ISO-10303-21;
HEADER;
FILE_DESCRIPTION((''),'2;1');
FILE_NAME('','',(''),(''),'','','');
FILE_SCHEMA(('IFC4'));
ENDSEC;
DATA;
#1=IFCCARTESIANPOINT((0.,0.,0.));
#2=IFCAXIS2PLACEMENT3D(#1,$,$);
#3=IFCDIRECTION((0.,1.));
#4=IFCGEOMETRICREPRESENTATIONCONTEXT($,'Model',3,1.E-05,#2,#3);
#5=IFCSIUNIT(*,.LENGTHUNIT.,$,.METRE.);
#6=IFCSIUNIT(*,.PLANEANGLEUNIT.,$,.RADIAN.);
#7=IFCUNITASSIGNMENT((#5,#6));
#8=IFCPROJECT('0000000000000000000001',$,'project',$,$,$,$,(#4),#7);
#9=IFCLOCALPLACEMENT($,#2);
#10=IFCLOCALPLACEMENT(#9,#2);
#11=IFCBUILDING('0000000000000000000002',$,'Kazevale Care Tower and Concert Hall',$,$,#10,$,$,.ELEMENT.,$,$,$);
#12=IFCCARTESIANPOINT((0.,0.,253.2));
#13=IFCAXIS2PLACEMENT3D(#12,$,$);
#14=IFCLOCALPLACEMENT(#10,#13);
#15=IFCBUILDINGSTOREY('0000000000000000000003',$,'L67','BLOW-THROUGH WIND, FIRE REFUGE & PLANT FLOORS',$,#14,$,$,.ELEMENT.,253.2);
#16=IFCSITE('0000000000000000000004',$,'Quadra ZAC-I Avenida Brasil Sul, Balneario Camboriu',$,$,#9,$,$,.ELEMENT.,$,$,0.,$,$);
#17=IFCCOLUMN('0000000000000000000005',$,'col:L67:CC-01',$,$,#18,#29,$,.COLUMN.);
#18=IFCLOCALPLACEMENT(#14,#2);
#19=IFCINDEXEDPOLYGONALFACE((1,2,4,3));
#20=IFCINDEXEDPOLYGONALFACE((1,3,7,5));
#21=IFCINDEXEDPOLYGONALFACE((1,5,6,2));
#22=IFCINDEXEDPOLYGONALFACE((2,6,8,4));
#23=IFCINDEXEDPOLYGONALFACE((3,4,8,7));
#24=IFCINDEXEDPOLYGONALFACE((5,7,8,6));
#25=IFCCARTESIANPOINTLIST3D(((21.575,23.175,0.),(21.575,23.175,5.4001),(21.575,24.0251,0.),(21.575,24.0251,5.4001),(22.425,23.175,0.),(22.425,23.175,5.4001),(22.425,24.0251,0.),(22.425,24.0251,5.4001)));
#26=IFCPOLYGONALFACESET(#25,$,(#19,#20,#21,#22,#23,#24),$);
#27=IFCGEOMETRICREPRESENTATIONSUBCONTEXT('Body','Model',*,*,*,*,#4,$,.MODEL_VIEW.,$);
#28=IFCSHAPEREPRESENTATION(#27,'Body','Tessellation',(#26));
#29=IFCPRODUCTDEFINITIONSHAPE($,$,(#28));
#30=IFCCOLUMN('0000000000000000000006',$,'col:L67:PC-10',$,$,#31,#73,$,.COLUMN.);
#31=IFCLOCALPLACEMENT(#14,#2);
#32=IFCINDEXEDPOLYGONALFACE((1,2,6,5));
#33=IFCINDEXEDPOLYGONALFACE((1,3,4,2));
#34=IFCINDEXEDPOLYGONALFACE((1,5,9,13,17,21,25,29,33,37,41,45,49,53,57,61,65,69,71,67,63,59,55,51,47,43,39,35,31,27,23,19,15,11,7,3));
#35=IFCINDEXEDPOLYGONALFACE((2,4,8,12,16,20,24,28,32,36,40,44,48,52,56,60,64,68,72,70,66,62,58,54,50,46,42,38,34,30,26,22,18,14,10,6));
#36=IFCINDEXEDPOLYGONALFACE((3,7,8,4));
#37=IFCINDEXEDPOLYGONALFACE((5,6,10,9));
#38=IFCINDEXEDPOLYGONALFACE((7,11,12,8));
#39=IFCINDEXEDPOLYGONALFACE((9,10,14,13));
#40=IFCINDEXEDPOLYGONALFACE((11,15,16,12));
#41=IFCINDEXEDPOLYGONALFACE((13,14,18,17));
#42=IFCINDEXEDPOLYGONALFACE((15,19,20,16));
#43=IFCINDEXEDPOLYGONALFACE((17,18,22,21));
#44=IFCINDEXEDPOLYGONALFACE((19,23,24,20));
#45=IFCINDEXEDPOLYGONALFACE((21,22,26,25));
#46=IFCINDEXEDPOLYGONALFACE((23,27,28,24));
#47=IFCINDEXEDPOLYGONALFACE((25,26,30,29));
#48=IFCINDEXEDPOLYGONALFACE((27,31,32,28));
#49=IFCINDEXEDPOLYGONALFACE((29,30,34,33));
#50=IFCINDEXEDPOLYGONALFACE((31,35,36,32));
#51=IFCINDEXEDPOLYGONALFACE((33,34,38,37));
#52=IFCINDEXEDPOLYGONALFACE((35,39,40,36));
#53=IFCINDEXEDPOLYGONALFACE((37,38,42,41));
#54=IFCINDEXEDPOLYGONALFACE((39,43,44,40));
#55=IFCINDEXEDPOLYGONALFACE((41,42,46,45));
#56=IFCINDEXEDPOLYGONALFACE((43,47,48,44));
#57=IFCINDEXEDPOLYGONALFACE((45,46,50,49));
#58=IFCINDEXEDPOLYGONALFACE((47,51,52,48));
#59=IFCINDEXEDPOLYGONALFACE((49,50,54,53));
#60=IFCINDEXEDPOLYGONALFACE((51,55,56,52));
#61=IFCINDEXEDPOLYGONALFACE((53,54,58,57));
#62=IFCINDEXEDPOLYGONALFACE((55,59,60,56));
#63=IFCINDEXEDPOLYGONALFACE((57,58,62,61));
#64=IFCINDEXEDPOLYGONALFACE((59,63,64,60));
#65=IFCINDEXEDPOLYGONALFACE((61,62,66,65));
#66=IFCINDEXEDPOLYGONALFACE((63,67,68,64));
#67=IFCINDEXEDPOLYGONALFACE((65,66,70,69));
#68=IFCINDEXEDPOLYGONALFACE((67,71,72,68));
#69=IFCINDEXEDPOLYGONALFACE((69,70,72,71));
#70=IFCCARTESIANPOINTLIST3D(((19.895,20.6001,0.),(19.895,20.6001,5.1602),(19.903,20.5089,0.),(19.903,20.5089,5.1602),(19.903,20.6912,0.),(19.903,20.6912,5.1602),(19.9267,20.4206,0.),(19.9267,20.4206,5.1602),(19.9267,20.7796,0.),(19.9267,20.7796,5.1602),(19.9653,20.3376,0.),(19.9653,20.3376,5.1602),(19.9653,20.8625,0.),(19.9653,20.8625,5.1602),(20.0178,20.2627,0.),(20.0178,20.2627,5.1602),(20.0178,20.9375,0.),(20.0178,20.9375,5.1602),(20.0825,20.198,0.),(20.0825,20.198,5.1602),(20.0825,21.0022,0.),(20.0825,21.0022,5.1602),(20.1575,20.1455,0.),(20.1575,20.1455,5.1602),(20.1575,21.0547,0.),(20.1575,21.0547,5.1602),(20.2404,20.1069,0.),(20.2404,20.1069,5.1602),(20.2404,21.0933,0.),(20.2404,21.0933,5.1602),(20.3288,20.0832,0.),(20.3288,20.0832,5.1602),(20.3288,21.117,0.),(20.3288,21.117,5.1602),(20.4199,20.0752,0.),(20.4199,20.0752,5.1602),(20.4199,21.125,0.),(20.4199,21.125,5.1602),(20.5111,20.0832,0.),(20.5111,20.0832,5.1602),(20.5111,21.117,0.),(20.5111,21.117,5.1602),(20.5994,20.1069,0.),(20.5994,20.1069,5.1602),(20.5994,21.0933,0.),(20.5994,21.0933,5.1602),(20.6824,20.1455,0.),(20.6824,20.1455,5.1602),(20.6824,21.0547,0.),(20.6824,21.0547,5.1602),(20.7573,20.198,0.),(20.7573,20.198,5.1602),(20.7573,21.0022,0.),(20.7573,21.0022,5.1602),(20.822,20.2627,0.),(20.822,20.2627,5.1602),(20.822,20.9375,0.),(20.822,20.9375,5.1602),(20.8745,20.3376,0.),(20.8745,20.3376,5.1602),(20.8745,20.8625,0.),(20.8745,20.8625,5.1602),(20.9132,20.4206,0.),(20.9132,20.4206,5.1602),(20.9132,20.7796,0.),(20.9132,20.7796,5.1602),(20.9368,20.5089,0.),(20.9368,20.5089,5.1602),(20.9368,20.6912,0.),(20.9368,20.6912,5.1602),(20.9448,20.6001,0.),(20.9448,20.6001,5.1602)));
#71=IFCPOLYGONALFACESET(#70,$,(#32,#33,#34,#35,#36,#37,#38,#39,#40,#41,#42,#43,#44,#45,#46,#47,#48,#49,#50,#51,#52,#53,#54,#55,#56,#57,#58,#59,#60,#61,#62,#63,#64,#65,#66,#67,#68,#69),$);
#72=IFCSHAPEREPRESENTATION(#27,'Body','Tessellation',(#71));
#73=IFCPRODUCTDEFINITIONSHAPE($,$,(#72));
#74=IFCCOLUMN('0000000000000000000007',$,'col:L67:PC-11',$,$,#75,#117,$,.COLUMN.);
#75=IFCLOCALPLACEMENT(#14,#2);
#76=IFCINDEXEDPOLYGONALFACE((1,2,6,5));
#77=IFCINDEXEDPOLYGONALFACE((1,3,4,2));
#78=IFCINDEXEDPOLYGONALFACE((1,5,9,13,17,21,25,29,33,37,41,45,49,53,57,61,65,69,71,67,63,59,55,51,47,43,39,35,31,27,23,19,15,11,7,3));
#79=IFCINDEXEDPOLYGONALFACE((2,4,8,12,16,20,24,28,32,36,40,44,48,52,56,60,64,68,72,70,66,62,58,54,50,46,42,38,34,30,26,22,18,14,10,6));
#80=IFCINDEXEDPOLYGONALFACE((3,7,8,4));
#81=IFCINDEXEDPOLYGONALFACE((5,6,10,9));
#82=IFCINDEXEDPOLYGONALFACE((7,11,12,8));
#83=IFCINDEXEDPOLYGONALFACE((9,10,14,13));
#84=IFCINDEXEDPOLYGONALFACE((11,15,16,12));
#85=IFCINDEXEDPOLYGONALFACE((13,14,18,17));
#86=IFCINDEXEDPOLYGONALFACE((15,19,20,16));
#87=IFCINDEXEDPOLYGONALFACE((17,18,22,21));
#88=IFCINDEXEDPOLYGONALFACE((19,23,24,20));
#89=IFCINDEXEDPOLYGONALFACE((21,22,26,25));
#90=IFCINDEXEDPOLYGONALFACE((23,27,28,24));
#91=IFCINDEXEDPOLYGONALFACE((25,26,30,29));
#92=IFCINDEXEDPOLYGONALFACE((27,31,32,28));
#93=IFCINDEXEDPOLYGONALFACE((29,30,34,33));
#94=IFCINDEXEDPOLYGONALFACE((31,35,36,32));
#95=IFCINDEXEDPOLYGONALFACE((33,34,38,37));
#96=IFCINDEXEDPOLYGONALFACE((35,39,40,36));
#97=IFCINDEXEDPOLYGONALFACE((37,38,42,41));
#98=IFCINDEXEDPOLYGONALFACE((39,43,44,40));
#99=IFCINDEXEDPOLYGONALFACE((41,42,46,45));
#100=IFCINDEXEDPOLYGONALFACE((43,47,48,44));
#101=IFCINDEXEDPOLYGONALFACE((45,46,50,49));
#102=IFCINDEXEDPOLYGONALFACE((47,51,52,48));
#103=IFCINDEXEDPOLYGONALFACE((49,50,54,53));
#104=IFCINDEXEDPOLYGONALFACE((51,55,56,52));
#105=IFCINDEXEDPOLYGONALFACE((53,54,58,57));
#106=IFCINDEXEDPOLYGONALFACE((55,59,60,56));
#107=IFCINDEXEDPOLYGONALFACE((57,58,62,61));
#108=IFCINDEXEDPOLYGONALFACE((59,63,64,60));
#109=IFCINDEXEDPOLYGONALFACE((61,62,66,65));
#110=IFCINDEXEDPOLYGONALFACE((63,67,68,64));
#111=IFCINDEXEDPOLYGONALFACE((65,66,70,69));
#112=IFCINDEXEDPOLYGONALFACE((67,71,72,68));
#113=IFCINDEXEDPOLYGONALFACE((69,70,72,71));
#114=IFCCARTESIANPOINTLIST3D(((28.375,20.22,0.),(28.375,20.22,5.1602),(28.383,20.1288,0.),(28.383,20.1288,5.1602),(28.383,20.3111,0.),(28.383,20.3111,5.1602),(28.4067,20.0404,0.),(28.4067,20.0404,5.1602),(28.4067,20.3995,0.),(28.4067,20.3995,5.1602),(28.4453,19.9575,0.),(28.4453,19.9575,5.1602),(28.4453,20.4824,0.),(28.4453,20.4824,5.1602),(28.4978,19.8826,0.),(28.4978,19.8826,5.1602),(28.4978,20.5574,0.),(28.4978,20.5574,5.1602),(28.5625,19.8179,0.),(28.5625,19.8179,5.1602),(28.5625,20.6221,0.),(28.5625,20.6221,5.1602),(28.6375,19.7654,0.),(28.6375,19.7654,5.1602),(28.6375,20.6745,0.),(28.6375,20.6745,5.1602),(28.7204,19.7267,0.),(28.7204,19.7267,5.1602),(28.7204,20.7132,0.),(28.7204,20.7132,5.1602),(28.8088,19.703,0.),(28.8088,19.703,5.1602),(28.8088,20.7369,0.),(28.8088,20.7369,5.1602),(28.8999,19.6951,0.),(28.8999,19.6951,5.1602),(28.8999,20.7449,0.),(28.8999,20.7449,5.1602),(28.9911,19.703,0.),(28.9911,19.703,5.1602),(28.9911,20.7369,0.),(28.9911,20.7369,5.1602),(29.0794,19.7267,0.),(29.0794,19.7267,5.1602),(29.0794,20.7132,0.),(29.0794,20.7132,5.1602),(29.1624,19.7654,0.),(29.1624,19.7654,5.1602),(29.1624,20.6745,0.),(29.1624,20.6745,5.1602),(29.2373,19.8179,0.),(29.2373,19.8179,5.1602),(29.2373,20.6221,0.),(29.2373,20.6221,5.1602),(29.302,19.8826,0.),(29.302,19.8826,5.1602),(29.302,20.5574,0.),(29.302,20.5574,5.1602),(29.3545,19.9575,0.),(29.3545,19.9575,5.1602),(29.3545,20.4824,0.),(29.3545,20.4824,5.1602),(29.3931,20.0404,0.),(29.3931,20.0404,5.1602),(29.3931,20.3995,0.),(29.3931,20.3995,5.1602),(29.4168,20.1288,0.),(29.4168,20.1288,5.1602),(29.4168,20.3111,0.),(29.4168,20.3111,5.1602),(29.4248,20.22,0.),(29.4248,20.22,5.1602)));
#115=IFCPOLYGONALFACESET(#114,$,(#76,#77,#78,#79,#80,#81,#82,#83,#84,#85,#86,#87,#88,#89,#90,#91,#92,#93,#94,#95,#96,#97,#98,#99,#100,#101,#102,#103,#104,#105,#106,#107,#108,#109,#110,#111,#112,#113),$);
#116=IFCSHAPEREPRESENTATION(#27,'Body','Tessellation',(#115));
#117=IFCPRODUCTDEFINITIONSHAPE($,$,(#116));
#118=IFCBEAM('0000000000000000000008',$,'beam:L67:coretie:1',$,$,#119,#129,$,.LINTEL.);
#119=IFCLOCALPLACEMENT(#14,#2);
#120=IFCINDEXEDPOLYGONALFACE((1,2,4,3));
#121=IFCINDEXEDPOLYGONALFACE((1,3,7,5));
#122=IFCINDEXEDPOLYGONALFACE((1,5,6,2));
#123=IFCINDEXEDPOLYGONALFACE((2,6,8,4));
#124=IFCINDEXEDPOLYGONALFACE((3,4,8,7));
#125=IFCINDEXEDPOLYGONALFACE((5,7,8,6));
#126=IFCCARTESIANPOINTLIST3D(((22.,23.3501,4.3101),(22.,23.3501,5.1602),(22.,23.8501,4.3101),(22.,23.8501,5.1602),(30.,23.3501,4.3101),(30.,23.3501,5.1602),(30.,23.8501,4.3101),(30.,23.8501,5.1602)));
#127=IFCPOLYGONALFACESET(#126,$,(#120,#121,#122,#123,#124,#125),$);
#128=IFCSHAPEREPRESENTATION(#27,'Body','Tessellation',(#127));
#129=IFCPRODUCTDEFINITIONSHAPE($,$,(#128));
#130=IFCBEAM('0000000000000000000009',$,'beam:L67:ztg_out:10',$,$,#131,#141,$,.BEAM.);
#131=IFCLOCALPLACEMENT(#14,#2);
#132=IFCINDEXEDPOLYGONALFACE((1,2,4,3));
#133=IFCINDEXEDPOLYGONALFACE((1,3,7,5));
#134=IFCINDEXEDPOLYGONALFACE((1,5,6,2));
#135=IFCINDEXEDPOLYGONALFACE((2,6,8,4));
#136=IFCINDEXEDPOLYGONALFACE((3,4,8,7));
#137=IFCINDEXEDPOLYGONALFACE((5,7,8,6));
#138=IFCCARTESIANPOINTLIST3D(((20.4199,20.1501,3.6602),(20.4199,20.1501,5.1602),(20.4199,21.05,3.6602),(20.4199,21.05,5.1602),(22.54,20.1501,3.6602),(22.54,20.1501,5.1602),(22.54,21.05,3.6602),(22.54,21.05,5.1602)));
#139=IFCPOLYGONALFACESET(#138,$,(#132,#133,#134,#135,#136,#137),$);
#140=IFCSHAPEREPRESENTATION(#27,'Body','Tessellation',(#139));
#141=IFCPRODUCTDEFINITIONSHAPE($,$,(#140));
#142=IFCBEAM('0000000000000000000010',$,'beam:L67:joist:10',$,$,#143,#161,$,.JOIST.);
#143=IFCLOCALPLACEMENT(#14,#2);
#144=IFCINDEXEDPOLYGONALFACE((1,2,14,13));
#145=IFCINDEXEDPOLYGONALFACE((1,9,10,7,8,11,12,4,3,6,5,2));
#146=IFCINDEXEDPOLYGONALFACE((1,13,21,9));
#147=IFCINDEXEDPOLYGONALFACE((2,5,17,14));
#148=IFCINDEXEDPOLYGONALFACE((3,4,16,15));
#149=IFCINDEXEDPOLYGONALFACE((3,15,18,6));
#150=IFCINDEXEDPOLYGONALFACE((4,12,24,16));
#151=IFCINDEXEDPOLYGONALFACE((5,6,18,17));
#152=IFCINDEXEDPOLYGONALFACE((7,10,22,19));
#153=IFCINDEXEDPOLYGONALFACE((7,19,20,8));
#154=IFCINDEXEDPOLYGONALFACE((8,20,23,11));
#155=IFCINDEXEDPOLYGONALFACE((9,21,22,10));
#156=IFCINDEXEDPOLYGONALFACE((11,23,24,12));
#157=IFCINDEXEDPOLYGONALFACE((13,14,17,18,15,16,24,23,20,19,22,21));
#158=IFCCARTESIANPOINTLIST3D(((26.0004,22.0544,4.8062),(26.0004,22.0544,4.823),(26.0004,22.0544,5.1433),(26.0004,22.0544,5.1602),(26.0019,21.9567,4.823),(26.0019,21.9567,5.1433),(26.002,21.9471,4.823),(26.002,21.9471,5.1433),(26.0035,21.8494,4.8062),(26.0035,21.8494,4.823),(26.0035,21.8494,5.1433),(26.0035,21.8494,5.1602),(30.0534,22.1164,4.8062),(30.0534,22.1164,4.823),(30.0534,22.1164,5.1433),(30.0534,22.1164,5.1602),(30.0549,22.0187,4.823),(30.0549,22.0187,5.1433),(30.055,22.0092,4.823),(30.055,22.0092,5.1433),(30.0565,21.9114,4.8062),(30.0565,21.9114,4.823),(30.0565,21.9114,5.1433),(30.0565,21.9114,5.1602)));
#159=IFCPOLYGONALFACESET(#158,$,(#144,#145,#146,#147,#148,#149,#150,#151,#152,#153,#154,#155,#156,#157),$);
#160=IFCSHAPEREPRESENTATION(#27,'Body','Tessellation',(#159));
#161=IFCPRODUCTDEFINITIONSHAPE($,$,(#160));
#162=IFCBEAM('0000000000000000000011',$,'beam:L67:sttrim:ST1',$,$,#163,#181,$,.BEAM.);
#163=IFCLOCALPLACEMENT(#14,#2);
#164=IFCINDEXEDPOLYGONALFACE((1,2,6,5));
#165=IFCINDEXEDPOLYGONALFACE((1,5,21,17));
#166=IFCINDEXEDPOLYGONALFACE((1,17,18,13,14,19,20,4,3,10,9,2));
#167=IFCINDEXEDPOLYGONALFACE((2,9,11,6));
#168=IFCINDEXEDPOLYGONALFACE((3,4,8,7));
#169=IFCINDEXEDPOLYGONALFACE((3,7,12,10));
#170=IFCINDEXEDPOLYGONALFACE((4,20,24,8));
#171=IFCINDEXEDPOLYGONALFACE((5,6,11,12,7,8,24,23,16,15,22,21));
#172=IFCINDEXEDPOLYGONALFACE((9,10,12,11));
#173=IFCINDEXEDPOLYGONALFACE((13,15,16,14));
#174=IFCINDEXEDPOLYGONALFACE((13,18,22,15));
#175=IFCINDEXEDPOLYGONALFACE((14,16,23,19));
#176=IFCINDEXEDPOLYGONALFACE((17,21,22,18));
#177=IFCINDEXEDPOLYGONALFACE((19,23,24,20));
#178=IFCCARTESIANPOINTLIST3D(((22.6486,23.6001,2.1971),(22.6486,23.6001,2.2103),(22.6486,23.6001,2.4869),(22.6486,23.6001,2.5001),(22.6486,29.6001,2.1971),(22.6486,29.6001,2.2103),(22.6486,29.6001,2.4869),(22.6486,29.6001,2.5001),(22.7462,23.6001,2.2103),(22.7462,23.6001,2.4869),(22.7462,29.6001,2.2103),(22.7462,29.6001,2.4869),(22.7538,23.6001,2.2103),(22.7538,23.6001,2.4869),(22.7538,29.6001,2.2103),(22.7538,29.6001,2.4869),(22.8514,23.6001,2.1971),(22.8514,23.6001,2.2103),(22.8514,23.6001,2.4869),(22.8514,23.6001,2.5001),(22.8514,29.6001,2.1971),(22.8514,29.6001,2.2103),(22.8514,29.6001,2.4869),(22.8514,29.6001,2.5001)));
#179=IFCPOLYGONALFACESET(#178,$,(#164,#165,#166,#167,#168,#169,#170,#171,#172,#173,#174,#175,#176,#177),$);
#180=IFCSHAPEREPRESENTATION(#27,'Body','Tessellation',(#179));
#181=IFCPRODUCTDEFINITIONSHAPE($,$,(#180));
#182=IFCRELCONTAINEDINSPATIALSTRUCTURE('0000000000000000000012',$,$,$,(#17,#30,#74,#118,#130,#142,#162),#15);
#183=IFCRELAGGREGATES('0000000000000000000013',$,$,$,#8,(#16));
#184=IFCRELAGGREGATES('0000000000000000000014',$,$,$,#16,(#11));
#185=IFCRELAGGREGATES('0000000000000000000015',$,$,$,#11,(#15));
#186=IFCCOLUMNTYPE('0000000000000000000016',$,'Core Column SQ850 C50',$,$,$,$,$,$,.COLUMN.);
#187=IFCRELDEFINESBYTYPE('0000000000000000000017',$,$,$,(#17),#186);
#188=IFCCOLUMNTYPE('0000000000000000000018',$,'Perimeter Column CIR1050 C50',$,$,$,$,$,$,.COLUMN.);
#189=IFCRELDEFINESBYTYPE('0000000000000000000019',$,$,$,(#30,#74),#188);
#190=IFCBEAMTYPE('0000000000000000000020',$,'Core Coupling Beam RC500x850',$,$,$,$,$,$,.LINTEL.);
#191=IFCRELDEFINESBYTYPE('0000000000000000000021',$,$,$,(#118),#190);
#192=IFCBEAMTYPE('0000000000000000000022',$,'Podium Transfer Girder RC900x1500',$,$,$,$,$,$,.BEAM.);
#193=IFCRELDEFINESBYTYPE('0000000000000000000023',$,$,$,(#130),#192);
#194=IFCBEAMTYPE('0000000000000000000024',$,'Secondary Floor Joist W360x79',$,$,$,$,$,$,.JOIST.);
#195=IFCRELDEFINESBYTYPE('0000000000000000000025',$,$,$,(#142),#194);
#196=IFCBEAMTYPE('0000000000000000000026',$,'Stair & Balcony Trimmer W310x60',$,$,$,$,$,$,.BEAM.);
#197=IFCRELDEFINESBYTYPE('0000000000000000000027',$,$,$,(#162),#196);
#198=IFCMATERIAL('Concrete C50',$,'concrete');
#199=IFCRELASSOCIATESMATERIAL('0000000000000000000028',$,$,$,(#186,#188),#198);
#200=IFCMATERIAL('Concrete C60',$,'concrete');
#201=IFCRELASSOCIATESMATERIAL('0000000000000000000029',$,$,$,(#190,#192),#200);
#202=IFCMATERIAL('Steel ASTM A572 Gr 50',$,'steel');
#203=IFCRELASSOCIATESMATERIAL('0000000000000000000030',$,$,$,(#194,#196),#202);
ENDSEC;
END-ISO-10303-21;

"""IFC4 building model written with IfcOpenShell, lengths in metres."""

from ifc_helpers import new_model, si_unit, direction, frame, origin, origin_2d, place, context, subcontext, project, spatial, rectangle, circle, i_section, extrude, material, material_profile, profile_set, type_object, element, save


model = new_model("IFC4")

# Units and contexts
model_context = context("Model", 3, precision=1e-05, world=origin(), true_north=direction((0.0, 1.0)))
body_context = subcontext(model_context, "Body", "Model", "MODEL_VIEW")
ifc_project = project(units=[si_unit("LENGTHUNIT", "METRE"), si_unit("PLANEANGLEUNIT", "RADIAN")], contexts=[model_context])

# Site, building, storey
site_placement = place(None, origin())
site = spatial("IfcSite", under=ifc_project, at=site_placement, Name="Quadra ZAC-I Avenida Brasil Sul, Balneario Camboriu", CompositionType="ELEMENT", RefElevation=0.0)
building_placement = place(site_placement, origin())
building = spatial("IfcBuilding", under=site, at=building_placement, Name="Kazevale Care Tower and Concert Hall", CompositionType="ELEMENT")
storey_placement = place(building_placement, frame((0.0, 0.0, 253.2)))
storey = spatial("IfcBuildingStorey", under=building, at=storey_placement, Name="L67", Description="BLOW-THROUGH WIND, FIRE REFUGE & PLANT FLOORS", CompositionType="ELEMENT", Elevation=253.2)

# Columns
ifc_material_1 = material(Name="Concrete C50", Category="concrete")
ifc_material_profile_1 = material_profile(ifc_material_1, rectangle(XDim=0.8501, YDim=0.8501, at=origin_2d()), Name="RC-SQ850")
ifc_profile_set_1 = profile_set([ifc_material_profile_1], Name="Concrete C50")
column_type_1 = type_object("IfcColumnType", Name="Core Column SQ850 C50", PredefinedType="COLUMN", material=ifc_profile_set_1)
column_placement = place(storey_placement, frame((22.0, 23.6001, 0.0), z_axis=(0.0, 0.0, 1.0), x_axis=(1.0, 0.0, 0.0)))
element("IfcColumn", 1, at=column_placement, inside=storey, type_object=column_type_1, Name="col:L67:CC-01", PredefinedType="COLUMN", context=body_context, shape_type="SweptSolid", body=[
    extrude(rectangle(XDim=0.8501, YDim=0.8501, at=origin_2d()), origin(), (0.0, 0.0, 1.0), 5.4001),
])
ifc_material_profile_2 = material_profile(ifc_material_1, circle(Radius=0.5249, at=origin_2d()), Name="RC-CIR1050")
ifc_profile_set_2 = profile_set([ifc_material_profile_2], Name="Concrete C50")
column_type_2 = type_object("IfcColumnType", Name="Perimeter Column CIR1050 C50", PredefinedType="COLUMN", material=ifc_profile_set_2)
for number, where, z_axis, x_axis, name in (
    (2, (20.4199, 20.6001, 0.0), (0.0, 0.0, 1.0), (1.0, 0.0, 0.0), "col:L67:PC-10"),
    (3, (28.8999, 20.22, 0.0), (0.0, 0.0, 1.0), (1.0, 0.0, 0.0), "col:L67:PC-11"),
):
    element("IfcColumn", number, at=place(storey_placement, frame(where, z_axis=z_axis, x_axis=x_axis)), inside=storey, type_object=column_type_2, Name=name, PredefinedType="COLUMN", context=body_context, shape_type="SweptSolid", body=[
        extrude(circle(Radius=0.5249, at=origin_2d()), origin(), (0.0, 0.0, 1.0), 5.1602),
    ])

# Beams
ifc_material_2 = material(Name="Concrete C60", Category="concrete")
ifc_material_profile_3 = material_profile(ifc_material_2, rectangle(XDim=0.5, YDim=0.8501, at=origin_2d()), Name="RC-B500x850")
ifc_profile_set_3 = profile_set([ifc_material_profile_3], Name="Concrete C60")
beam_type_1 = type_object("IfcBeamType", Name="Core Coupling Beam RC500x850", PredefinedType="LINTEL", material=ifc_profile_set_3)
beam_1_placement = place(storey_placement, frame((22.0, 23.6001, 4.7351), z_axis=(1.0, 0.0, 0.0), x_axis=(0.0, 1.0, 0.0)))
element("IfcBeam", 4, at=beam_1_placement, inside=storey, type_object=beam_type_1, Name="beam:L67:coretie:1", PredefinedType="LINTEL", context=body_context, shape_type="SweptSolid", body=[
    extrude(rectangle(XDim=0.5, YDim=0.8501, at=origin_2d()), origin(), (0.0, 0.0, 1.0), 8.0),
])
ifc_material_profile_4 = material_profile(ifc_material_2, rectangle(XDim=0.8999, YDim=1.5, at=origin_2d()), Name="RC-TG900x1500")
ifc_profile_set_4 = profile_set([ifc_material_profile_4], Name="Concrete C60")
beam_type_2 = type_object("IfcBeamType", Name="Podium Transfer Girder RC900x1500", PredefinedType="BEAM", material=ifc_profile_set_4)
beam_2_placement = place(storey_placement, frame((22.54, 20.6001, 4.4102), z_axis=(-1.0, 0.0, 0.0), x_axis=(0.0, -1.0, 0.0)))
element("IfcBeam", 5, at=beam_2_placement, inside=storey, type_object=beam_type_2, Name="beam:L67:ztg_out:10", PredefinedType="BEAM", context=body_context, shape_type="SweptSolid", body=[
    extrude(rectangle(XDim=0.8999, YDim=1.5, at=origin_2d()), origin(), (0.0, 0.0, 1.0), 2.1201),
])
ifc_material_3 = material(Name="Steel ASTM A572 Gr 50", Category="steel")
ifc_material_profile_5 = material_profile(ifc_material_3, i_section(OverallWidth=0.2051, OverallDepth=0.354, WebThickness=0.0095, FlangeThickness=0.0168, at=origin_2d()), Name="W360x79")
ifc_profile_set_5 = profile_set([ifc_material_profile_5], Name="Steel ASTM A572 Gr 50")
beam_type_3 = type_object("IfcBeamType", Name="Secondary Floor Joist W360x79", PredefinedType="JOIST", material=ifc_profile_set_5)
beam_3_placement = place(storey_placement, frame((26.002, 21.9519, 4.9832), z_axis=(0.999883, 0.015298, 0.0), x_axis=(-0.015298, 0.999883, 0.0)))
element("IfcBeam", 6, at=beam_3_placement, inside=storey, type_object=beam_type_3, Name="beam:L67:joist:10", PredefinedType="JOIST", context=body_context, shape_type="SweptSolid", body=[
    extrude(i_section(OverallWidth=0.2051, OverallDepth=0.354, WebThickness=0.0095, FlangeThickness=0.0168, at=origin_2d()), origin(), (0.0, 0.0, 1.0), 4.0535),
])
ifc_material_profile_6 = material_profile(ifc_material_3, i_section(OverallWidth=0.2029, OverallDepth=0.303, WebThickness=0.0076, FlangeThickness=0.0132, at=origin_2d()), Name="W310x60")
ifc_profile_set_6 = profile_set([ifc_material_profile_6], Name="Steel ASTM A572 Gr 50")
beam_type_4 = type_object("IfcBeamType", Name="Stair & Balcony Trimmer W310x60", PredefinedType="BEAM", material=ifc_profile_set_6)
for number, where, z_axis, x_axis, name in (
    (7, (22.75, 23.6001, 2.3486), (0.0, 1.0, 0.0), (-1.0, 0.0, 0.0), "beam:L67:sttrim:ST1"),
):
    element("IfcBeam", number, at=place(storey_placement, frame(where, z_axis=z_axis, x_axis=x_axis)), inside=storey, type_object=beam_type_4, Name=name, PredefinedType="BEAM", context=body_context, shape_type="SweptSolid", body=[
        extrude(i_section(OverallWidth=0.2029, OverallDepth=0.303, WebThickness=0.0076, FlangeThickness=0.0132, at=origin_2d()), origin(), (0.0, 0.0, 1.0), 6.0),
    ])

save(model, "model.ifc")
